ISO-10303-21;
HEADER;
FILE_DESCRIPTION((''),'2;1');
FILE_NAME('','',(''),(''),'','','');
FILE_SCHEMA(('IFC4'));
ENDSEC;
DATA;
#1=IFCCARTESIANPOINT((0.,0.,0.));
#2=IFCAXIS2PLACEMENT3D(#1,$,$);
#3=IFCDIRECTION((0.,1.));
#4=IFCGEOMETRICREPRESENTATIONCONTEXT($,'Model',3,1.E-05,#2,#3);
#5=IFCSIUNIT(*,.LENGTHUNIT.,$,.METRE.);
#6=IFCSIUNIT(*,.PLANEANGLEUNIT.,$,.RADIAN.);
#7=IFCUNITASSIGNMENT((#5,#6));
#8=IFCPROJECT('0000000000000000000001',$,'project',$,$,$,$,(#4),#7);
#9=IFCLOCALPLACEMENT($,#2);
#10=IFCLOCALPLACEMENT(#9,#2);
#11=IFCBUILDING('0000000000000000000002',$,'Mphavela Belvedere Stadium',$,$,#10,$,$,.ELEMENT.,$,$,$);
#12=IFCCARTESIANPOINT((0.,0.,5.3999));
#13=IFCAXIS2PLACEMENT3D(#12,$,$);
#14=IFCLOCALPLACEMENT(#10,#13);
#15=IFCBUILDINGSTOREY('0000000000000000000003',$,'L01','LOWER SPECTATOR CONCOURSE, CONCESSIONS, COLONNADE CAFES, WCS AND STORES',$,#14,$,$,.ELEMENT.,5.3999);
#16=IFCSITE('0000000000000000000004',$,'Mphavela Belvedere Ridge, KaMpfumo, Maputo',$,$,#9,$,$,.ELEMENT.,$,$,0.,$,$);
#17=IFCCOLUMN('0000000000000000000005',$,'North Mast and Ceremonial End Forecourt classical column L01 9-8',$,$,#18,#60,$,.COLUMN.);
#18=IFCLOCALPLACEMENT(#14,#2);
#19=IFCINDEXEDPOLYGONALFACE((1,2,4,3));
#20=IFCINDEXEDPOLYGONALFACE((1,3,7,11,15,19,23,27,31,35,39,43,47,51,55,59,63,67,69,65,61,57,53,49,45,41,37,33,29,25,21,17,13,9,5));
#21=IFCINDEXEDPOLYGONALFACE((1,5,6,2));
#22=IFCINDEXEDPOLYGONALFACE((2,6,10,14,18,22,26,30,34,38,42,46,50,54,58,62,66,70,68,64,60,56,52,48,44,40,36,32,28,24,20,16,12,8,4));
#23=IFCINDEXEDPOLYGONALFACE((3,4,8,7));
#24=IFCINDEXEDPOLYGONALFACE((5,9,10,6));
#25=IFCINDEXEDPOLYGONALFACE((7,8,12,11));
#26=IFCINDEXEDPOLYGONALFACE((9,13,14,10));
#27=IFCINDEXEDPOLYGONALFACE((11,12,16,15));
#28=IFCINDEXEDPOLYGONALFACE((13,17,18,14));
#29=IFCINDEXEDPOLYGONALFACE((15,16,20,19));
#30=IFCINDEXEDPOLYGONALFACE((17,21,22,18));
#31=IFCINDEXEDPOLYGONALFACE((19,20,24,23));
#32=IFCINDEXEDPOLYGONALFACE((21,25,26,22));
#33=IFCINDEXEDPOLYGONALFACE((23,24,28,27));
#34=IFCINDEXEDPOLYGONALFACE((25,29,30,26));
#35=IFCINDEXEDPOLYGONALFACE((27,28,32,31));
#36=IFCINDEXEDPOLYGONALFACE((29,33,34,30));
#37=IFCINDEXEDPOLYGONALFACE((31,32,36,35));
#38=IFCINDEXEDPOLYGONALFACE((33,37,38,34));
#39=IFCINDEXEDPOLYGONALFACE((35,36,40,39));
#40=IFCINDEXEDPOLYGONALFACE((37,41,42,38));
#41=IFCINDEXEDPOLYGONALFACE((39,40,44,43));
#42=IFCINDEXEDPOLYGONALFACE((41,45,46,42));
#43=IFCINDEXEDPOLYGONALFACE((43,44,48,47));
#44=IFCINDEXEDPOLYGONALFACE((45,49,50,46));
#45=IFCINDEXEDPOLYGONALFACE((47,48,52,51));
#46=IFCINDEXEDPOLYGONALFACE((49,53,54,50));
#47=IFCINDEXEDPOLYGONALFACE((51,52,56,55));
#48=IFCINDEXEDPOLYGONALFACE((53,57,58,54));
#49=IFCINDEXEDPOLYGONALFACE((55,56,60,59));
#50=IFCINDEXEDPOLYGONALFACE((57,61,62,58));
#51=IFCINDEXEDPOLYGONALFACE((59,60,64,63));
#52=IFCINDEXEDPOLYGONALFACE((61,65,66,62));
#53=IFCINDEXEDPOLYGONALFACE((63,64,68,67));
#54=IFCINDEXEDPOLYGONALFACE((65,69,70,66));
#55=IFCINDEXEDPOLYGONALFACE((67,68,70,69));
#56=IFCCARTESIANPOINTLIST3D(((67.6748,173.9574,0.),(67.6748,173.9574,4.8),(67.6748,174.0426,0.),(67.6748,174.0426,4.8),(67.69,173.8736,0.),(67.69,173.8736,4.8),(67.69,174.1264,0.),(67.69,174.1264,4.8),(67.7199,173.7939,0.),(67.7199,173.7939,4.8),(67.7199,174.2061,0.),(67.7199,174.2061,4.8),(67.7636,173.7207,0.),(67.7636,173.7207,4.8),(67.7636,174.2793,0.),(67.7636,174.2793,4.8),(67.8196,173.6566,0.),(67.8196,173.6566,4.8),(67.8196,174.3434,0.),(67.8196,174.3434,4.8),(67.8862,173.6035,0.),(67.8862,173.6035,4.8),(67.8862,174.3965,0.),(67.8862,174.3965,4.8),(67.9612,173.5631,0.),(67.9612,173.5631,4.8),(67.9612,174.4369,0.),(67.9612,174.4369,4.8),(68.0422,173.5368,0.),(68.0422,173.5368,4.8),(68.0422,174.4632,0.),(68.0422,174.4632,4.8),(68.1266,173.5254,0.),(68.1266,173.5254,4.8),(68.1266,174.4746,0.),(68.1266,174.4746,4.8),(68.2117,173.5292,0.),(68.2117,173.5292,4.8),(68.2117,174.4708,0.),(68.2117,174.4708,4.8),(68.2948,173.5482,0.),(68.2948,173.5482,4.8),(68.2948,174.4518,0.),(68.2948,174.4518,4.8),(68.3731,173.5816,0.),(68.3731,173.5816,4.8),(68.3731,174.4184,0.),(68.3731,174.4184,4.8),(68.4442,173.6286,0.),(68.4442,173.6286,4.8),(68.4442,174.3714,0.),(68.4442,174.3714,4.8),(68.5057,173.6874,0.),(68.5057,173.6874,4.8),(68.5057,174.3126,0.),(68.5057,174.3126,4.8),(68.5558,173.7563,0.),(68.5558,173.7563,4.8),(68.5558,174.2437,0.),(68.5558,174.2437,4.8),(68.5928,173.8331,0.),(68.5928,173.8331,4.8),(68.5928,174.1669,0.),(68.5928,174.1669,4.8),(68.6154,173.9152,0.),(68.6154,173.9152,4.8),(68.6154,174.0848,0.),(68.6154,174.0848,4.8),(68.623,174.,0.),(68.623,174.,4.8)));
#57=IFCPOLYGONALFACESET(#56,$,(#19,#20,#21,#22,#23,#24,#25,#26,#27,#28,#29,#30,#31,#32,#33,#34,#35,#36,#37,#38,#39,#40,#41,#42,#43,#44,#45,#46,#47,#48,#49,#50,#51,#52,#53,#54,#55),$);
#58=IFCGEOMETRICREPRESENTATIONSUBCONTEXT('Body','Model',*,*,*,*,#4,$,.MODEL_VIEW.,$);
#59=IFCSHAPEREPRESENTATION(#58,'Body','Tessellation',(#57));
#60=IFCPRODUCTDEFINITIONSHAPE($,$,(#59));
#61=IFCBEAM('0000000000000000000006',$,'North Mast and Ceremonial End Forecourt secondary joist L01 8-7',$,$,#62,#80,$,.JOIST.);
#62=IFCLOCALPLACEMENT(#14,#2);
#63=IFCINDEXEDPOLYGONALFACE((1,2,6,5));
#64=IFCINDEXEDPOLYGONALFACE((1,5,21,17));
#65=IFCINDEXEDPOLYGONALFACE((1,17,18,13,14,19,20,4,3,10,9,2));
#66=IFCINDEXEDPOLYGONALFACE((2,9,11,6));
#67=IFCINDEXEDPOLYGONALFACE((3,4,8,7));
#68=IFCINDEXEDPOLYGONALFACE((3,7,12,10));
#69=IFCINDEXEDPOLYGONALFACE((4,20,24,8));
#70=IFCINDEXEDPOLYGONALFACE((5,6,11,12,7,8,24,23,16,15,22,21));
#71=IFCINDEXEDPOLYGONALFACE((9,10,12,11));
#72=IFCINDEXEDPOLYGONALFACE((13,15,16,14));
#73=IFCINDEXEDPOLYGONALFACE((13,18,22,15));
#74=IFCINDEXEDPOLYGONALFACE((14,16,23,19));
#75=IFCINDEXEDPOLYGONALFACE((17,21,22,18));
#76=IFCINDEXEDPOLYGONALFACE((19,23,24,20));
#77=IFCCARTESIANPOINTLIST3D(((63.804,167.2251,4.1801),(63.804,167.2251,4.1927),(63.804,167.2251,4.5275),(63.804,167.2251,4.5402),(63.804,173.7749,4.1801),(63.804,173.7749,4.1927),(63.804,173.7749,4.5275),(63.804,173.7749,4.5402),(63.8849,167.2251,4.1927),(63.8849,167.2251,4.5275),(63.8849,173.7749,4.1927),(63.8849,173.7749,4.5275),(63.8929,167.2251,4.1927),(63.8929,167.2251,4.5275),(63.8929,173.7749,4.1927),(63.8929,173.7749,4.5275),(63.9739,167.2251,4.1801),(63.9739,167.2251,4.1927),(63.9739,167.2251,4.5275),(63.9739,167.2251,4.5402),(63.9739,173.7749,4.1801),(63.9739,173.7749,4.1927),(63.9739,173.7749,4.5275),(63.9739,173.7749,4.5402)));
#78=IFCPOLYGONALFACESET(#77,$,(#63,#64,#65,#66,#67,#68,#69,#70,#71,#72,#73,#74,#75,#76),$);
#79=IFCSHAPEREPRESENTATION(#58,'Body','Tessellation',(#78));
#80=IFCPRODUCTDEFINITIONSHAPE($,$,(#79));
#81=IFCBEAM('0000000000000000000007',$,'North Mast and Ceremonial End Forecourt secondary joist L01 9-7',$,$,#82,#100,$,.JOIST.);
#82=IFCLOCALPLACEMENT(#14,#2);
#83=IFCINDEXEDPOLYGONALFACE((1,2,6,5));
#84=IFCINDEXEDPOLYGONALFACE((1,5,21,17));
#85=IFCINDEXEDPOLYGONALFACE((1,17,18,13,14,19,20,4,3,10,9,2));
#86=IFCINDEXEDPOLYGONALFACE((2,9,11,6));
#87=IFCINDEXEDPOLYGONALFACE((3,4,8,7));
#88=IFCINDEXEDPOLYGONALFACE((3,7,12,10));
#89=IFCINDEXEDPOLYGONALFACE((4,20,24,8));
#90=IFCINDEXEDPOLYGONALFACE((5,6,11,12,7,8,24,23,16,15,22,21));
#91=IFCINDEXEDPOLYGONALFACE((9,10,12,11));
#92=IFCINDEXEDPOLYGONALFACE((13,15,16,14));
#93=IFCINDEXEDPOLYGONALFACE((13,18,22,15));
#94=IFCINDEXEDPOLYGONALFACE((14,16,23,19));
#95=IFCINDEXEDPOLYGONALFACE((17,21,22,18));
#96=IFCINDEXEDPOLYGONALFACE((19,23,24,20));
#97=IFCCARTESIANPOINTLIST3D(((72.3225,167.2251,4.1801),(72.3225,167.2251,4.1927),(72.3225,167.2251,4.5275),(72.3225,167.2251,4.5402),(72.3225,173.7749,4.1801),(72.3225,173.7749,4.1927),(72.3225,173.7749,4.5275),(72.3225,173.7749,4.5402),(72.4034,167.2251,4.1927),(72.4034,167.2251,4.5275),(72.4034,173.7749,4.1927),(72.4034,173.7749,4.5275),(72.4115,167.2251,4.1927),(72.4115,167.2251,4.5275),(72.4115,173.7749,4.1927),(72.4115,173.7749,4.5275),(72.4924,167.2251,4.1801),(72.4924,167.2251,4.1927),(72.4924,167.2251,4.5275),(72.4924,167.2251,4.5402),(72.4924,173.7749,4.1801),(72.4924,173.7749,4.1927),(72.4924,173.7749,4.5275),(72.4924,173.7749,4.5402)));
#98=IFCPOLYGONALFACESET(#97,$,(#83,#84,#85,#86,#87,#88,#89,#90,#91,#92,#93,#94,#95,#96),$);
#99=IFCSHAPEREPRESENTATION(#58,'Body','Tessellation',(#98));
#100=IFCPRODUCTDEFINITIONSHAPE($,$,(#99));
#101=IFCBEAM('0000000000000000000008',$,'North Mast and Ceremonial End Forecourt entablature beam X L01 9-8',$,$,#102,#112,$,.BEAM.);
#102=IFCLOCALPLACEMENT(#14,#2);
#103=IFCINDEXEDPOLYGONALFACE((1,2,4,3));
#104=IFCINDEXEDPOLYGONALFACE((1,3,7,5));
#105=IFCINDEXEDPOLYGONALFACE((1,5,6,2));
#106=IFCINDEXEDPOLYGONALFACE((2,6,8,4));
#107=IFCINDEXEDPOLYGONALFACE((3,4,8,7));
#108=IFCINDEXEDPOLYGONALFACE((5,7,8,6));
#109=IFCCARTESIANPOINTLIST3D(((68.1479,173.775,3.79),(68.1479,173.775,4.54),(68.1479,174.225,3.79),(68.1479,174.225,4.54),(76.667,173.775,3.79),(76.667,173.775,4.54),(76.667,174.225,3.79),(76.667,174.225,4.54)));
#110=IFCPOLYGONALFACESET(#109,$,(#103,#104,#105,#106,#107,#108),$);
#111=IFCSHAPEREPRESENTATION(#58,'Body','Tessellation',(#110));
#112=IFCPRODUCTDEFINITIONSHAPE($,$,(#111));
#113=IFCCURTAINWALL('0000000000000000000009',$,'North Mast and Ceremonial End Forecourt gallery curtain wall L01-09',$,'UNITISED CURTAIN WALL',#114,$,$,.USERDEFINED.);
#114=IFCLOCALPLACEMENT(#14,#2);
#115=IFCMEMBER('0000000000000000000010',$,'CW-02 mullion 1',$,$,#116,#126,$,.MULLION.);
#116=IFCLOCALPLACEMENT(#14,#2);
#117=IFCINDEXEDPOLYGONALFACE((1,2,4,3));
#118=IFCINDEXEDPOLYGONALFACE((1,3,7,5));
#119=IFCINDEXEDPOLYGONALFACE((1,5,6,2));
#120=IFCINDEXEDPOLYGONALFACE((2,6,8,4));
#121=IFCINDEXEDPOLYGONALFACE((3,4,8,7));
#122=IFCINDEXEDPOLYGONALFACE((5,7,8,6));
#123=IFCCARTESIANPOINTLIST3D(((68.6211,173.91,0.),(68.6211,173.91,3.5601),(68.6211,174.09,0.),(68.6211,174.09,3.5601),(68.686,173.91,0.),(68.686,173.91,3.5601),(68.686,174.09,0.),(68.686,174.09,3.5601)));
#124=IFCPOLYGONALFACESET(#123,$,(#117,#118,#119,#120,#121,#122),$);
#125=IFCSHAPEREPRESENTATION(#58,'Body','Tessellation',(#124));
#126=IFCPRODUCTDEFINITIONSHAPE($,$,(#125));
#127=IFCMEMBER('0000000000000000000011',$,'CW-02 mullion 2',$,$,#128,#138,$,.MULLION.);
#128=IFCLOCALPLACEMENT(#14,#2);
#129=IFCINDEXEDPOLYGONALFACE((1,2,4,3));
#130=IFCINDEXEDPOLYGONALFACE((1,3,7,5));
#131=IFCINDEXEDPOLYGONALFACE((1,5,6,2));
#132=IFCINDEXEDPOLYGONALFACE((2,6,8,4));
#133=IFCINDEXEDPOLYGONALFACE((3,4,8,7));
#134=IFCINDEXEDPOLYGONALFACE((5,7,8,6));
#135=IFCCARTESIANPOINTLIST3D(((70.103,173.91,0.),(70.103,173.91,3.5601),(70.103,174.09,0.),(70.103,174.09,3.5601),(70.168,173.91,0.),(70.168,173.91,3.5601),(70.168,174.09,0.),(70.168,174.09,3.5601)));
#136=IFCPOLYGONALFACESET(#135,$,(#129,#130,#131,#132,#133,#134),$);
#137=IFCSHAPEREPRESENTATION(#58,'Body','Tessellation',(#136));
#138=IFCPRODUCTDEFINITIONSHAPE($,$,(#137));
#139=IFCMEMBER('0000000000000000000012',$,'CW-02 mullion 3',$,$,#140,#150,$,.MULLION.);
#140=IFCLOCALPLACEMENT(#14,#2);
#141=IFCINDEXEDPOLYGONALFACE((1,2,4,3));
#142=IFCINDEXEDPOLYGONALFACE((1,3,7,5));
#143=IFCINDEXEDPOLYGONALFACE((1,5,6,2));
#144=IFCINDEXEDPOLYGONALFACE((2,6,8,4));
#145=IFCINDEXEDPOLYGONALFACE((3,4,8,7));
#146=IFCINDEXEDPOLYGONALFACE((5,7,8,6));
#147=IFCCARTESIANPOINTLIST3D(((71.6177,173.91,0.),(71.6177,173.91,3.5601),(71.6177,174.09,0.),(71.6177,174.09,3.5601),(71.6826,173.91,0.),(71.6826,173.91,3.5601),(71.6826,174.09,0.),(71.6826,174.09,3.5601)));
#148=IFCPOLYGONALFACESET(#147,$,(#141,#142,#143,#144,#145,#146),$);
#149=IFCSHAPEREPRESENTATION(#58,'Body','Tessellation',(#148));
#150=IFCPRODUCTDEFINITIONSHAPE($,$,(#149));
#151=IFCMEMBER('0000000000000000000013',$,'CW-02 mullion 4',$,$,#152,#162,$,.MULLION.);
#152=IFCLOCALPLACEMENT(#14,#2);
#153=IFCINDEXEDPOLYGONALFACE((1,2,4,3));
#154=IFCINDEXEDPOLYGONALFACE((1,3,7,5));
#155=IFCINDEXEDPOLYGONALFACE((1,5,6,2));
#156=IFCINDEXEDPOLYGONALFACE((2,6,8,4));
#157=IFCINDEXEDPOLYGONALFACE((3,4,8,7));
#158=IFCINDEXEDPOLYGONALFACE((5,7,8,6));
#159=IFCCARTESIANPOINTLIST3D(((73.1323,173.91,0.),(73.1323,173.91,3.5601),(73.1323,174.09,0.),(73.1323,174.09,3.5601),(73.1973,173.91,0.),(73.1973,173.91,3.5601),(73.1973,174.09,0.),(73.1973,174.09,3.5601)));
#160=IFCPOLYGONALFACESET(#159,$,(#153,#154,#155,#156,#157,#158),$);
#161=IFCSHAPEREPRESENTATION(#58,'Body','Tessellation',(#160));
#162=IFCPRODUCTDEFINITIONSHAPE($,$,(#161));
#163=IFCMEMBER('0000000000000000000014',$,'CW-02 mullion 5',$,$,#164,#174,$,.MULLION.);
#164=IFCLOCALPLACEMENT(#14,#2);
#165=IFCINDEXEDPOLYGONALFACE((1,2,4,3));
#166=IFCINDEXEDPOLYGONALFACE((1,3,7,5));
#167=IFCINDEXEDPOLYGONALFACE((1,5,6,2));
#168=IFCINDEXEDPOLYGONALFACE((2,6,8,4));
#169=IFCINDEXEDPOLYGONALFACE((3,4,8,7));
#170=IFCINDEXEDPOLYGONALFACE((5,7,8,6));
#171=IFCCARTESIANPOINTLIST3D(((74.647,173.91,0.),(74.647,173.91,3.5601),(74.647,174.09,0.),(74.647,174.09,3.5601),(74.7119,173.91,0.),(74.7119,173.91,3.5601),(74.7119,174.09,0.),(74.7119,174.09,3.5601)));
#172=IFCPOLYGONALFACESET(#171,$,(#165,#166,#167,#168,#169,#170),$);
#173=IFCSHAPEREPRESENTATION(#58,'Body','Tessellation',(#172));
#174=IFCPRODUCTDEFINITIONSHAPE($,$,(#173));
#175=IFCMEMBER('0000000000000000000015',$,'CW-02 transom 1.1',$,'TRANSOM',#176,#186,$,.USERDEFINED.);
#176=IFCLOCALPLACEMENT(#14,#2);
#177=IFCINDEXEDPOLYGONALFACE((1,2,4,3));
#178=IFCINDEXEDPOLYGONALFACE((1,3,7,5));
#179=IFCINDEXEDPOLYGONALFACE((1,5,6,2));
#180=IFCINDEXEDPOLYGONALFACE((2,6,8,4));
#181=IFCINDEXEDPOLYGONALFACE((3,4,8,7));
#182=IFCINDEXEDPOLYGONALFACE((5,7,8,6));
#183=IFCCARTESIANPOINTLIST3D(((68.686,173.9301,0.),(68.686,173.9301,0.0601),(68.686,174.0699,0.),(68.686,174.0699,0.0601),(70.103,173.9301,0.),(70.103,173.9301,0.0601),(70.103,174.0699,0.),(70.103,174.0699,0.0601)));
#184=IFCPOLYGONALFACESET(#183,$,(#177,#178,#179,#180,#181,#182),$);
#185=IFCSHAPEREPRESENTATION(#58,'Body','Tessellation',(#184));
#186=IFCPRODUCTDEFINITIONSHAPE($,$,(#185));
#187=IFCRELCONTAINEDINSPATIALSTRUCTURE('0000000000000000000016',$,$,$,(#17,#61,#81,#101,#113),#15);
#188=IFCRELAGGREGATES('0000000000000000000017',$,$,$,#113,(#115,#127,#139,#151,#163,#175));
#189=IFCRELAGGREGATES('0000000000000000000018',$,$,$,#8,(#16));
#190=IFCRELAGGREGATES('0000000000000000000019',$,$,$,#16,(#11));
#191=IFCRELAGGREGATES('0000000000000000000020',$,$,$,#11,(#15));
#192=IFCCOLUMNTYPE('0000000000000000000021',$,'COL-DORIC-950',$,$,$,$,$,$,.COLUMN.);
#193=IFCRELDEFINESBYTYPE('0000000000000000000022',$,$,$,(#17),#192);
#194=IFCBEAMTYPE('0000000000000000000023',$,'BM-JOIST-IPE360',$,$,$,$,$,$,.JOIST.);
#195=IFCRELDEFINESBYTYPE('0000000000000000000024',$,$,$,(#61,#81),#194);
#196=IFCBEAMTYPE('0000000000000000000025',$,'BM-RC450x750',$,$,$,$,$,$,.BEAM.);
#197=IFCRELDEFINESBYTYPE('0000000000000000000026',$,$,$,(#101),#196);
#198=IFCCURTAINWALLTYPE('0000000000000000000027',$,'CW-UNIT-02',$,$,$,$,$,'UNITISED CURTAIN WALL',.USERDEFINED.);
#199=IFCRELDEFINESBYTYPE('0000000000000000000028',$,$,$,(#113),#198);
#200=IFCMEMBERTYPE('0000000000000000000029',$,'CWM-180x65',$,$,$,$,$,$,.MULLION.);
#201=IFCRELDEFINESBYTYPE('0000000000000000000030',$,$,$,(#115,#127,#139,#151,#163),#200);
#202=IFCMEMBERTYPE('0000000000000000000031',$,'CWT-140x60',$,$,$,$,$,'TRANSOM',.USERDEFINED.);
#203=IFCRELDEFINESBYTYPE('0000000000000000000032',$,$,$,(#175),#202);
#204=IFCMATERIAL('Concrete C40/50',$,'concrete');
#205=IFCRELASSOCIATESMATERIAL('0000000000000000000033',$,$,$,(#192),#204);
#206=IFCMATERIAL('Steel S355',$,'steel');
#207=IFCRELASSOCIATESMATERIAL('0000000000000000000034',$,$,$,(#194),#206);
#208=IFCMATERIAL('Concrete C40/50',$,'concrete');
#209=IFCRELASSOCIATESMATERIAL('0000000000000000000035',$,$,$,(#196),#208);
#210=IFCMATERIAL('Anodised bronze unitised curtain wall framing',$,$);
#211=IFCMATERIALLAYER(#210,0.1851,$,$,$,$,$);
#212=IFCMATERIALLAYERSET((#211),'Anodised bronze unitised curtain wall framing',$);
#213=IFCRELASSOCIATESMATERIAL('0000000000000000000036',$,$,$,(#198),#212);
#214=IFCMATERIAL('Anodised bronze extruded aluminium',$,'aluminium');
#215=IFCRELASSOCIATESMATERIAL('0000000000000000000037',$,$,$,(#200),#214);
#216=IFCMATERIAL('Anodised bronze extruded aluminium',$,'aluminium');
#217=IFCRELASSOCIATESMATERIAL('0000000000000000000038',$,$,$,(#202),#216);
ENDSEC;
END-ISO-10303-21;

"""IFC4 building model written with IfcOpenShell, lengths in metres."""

from ifc_helpers import new_model, si_unit, direction, frame, origin, origin_2d, place, context, subcontext, project, spatial, rectangle, circle, i_section, extrude, material, layer, layer_set, material_profile, profile_set, type_object, element, aggregate, save


model = new_model("IFC4")

# Units and contexts
model_context = context("Model", 3, precision=1e-05, world=origin(), true_north=direction((0.0, 1.0)))
body_context = subcontext(model_context, "Body", "Model", "MODEL_VIEW")
ifc_project = project(units=[si_unit("LENGTHUNIT", "METRE"), si_unit("PLANEANGLEUNIT", "RADIAN")], contexts=[model_context])

# Site, building, storey
site_placement = place(None, origin())
site = spatial("IfcSite", under=ifc_project, at=site_placement, Name="Mphavela Belvedere Ridge, KaMpfumo, Maputo", CompositionType="ELEMENT", RefElevation=0.0)
building_placement = place(site_placement, origin())
building = spatial("IfcBuilding", under=site, at=building_placement, Name="Mphavela Belvedere Stadium", CompositionType="ELEMENT")
storey_placement = place(building_placement, frame((0.0, 0.0, 5.3999)))
storey = spatial("IfcBuildingStorey", under=building, at=storey_placement, Name="L01", Description="LOWER SPECTATOR CONCOURSE, CONCESSIONS, COLONNADE CAFES, WCS AND STORES", CompositionType="ELEMENT", Elevation=5.3999)

# Column
ifc_material_1 = material(Name="Concrete C40/50", Category="concrete")
ifc_material_profile_1 = material_profile(ifc_material_1, circle(Radius=0.4751, at=origin_2d()), Name="COL D950")
ifc_profile_set_1 = profile_set([ifc_material_profile_1], Name="Concrete C40/50")
column_type = type_object("IfcColumnType", Name="COL-DORIC-950", PredefinedType="COLUMN", material=ifc_profile_set_1)
column_placement = place(storey_placement, frame((68.1479, 174.0, 0.0), z_axis=(0.0, 0.0, 1.0), x_axis=(1.0, 0.0, 0.0)))
element("IfcColumn", 1, at=column_placement, inside=storey, type_object=column_type, Name="North Mast and Ceremonial End Forecourt classical column L01 9-8", PredefinedType="COLUMN", context=body_context, shape_type="SweptSolid", body=[
    extrude(circle(Radius=0.4751, at=origin_2d()), origin(), (0.0, 0.0, 1.0), 4.8),
])

# Beams
ifc_material_2 = material(Name="Steel S355", Category="steel")
ifc_material_profile_2 = material_profile(ifc_material_2, i_section(OverallWidth=0.1699, OverallDepth=0.3601, WebThickness=0.0081, FlangeThickness=0.0127, at=origin_2d()), Name="IPE 360")
ifc_profile_set_2 = profile_set([ifc_material_profile_2], Name="Steel S355")
beam_type_1 = type_object("IfcBeamType", Name="BM-JOIST-IPE360", PredefinedType="JOIST", material=ifc_profile_set_2)
for number, where, z_axis, x_axis, name in (
    (2, (63.8889, 167.2251, 4.3601), (0.0, 1.0, 0.0), (-1.0, 0.0, 0.0), "North Mast and Ceremonial End Forecourt secondary joist L01 8-7"),
    (3, (72.4075, 167.2251, 4.3601), (0.0, 1.0, 0.0), (-1.0, 0.0, 0.0), "North Mast and Ceremonial End Forecourt secondary joist L01 9-7"),
):
    element("IfcBeam", number, at=place(storey_placement, frame(where, z_axis=z_axis, x_axis=x_axis)), inside=storey, type_object=beam_type_1, Name=name, PredefinedType="JOIST", context=body_context, shape_type="SweptSolid", body=[
        extrude(i_section(OverallWidth=0.1699, OverallDepth=0.3601, WebThickness=0.0081, FlangeThickness=0.0127, at=origin_2d()), origin(), (0.0, 0.0, 1.0), 6.5498),
    ])
ifc_material_3 = material(Name="Concrete C40/50", Category="concrete")
ifc_material_profile_3 = material_profile(ifc_material_3, rectangle(XDim=0.45, YDim=0.75, at=origin_2d()), Name="RC 450x750")
ifc_profile_set_3 = profile_set([ifc_material_profile_3], Name="Concrete C40/50")
beam_type_2 = type_object("IfcBeamType", Name="BM-RC450x750", PredefinedType="BEAM", material=ifc_profile_set_3)
beam_placement = place(storey_placement, frame((68.1479, 174.0, 4.165), z_axis=(1.0, 0.0, 0.0), x_axis=(0.0, 1.0, 0.0)))
element("IfcBeam", 4, at=beam_placement, inside=storey, type_object=beam_type_2, Name="North Mast and Ceremonial End Forecourt entablature beam X L01 9-8", PredefinedType="BEAM", context=body_context, shape_type="SweptSolid", body=[
    extrude(rectangle(XDim=0.45, YDim=0.75, at=origin_2d()), origin(), (0.0, 0.0, 1.0), 8.519),
])

# Curtain wall, members
ifc_material_4 = material(Name="Anodised bronze unitised curtain wall framing")
ifc_layer_1 = layer(ifc_material_4, 0.1851)
ifc_layer_set_1 = layer_set([ifc_layer_1], Name="Anodised bronze unitised curtain wall framing")
curtain_wall_type = type_object("IfcCurtainWallType", Name="CW-UNIT-02", ElementType="UNITISED CURTAIN WALL", PredefinedType="USERDEFINED", material=ifc_layer_set_1)
curtain_wall_placement = place(storey_placement, origin())
curtain_wall = element("IfcCurtainWall", 5, at=curtain_wall_placement, inside=storey, type_object=curtain_wall_type, Name="North Mast and Ceremonial End Forecourt gallery curtain wall L01-09", ObjectType="UNITISED CURTAIN WALL", PredefinedType="USERDEFINED")
ifc_material_5 = material(Name="Anodised bronze extruded aluminium", Category="aluminium")
ifc_material_profile_4 = material_profile(ifc_material_5, rectangle(XDim=0.1799, YDim=0.0649, at=origin_2d()), Name="CW-MUL 180x65")
ifc_profile_set_4 = profile_set([ifc_material_profile_4], Name="Anodised bronze extruded aluminium")
member_type_1 = type_object("IfcMemberType", Name="CWM-180x65", PredefinedType="MULLION", material=ifc_profile_set_4)
member_1_placement = place(storey_placement, frame((68.6536, 174.0, 0.0), z_axis=(0.0, 0.0, 1.0), x_axis=(0.0, 1.0, 0.0)))
member_1 = element("IfcMember", 6, at=member_1_placement, type_object=member_type_1, Name="CW-02 mullion 1", PredefinedType="MULLION", context=body_context, shape_type="SweptSolid", body=[
    extrude(rectangle(XDim=0.1799, YDim=0.0649, at=origin_2d()), origin(), (0.0, 0.0, 1.0), 3.5601),
])
member_2_placement = place(storey_placement, frame((70.1355, 174.0, 0.0), z_axis=(0.0, 0.0, 1.0), x_axis=(0.0, 1.0, 0.0)))
member_2 = element("IfcMember", 7, at=member_2_placement, type_object=member_type_1, Name="CW-02 mullion 2", PredefinedType="MULLION", context=body_context, shape_type="SweptSolid", body=[
    extrude(rectangle(XDim=0.1799, YDim=0.0649, at=origin_2d()), origin(), (0.0, 0.0, 1.0), 3.5601),
])
member_3_placement = place(storey_placement, frame((71.6501, 174.0, 0.0), z_axis=(0.0, 0.0, 1.0), x_axis=(0.0, 1.0, 0.0)))
member_3 = element("IfcMember", 8, at=member_3_placement, type_object=member_type_1, Name="CW-02 mullion 3", PredefinedType="MULLION", context=body_context, shape_type="SweptSolid", body=[
    extrude(rectangle(XDim=0.1799, YDim=0.0649, at=origin_2d()), origin(), (0.0, 0.0, 1.0), 3.5601),
])
member_4_placement = place(storey_placement, frame((73.1648, 174.0, 0.0), z_axis=(0.0, 0.0, 1.0), x_axis=(0.0, 1.0, 0.0)))
member_4 = element("IfcMember", 9, at=member_4_placement, type_object=member_type_1, Name="CW-02 mullion 4", PredefinedType="MULLION", context=body_context, shape_type="SweptSolid", body=[
    extrude(rectangle(XDim=0.1799, YDim=0.0649, at=origin_2d()), origin(), (0.0, 0.0, 1.0), 3.5601),
])
member_5_placement = place(storey_placement, frame((74.6794, 174.0, 0.0), z_axis=(0.0, 0.0, 1.0), x_axis=(0.0, 1.0, 0.0)))
member_5 = element("IfcMember", 10, at=member_5_placement, type_object=member_type_1, Name="CW-02 mullion 5", PredefinedType="MULLION", context=body_context, shape_type="SweptSolid", body=[
    extrude(rectangle(XDim=0.1799, YDim=0.0649, at=origin_2d()), origin(), (0.0, 0.0, 1.0), 3.5601),
])
ifc_material_6 = material(Name="Anodised bronze extruded aluminium", Category="aluminium")
ifc_material_profile_5 = material_profile(ifc_material_6, rectangle(XDim=0.1399, YDim=0.0601, at=origin_2d()), Name="CW-TRN 140x60")
ifc_profile_set_5 = profile_set([ifc_material_profile_5], Name="Anodised bronze extruded aluminium")
member_type_2 = type_object("IfcMemberType", Name="CWT-140x60", ElementType="TRANSOM", PredefinedType="USERDEFINED", material=ifc_profile_set_5)
member_6_placement = place(storey_placement, frame((68.686, 174.0, 0.03), z_axis=(1.0, 0.0, 0.0), x_axis=(0.0, 1.0, 0.0)))
member_6 = element("IfcMember", 11, at=member_6_placement, type_object=member_type_2, Name="CW-02 transom 1.1", ObjectType="TRANSOM", PredefinedType="USERDEFINED", context=body_context, shape_type="SweptSolid", body=[
    extrude(rectangle(XDim=0.1399, YDim=0.0601, at=origin_2d()), origin(), (0.0, 0.0, 1.0), 1.417),
])
aggregate(curtain_wall, [member_1, member_2, member_3, member_4, member_5, member_6])

save(model, "model.ifc")
